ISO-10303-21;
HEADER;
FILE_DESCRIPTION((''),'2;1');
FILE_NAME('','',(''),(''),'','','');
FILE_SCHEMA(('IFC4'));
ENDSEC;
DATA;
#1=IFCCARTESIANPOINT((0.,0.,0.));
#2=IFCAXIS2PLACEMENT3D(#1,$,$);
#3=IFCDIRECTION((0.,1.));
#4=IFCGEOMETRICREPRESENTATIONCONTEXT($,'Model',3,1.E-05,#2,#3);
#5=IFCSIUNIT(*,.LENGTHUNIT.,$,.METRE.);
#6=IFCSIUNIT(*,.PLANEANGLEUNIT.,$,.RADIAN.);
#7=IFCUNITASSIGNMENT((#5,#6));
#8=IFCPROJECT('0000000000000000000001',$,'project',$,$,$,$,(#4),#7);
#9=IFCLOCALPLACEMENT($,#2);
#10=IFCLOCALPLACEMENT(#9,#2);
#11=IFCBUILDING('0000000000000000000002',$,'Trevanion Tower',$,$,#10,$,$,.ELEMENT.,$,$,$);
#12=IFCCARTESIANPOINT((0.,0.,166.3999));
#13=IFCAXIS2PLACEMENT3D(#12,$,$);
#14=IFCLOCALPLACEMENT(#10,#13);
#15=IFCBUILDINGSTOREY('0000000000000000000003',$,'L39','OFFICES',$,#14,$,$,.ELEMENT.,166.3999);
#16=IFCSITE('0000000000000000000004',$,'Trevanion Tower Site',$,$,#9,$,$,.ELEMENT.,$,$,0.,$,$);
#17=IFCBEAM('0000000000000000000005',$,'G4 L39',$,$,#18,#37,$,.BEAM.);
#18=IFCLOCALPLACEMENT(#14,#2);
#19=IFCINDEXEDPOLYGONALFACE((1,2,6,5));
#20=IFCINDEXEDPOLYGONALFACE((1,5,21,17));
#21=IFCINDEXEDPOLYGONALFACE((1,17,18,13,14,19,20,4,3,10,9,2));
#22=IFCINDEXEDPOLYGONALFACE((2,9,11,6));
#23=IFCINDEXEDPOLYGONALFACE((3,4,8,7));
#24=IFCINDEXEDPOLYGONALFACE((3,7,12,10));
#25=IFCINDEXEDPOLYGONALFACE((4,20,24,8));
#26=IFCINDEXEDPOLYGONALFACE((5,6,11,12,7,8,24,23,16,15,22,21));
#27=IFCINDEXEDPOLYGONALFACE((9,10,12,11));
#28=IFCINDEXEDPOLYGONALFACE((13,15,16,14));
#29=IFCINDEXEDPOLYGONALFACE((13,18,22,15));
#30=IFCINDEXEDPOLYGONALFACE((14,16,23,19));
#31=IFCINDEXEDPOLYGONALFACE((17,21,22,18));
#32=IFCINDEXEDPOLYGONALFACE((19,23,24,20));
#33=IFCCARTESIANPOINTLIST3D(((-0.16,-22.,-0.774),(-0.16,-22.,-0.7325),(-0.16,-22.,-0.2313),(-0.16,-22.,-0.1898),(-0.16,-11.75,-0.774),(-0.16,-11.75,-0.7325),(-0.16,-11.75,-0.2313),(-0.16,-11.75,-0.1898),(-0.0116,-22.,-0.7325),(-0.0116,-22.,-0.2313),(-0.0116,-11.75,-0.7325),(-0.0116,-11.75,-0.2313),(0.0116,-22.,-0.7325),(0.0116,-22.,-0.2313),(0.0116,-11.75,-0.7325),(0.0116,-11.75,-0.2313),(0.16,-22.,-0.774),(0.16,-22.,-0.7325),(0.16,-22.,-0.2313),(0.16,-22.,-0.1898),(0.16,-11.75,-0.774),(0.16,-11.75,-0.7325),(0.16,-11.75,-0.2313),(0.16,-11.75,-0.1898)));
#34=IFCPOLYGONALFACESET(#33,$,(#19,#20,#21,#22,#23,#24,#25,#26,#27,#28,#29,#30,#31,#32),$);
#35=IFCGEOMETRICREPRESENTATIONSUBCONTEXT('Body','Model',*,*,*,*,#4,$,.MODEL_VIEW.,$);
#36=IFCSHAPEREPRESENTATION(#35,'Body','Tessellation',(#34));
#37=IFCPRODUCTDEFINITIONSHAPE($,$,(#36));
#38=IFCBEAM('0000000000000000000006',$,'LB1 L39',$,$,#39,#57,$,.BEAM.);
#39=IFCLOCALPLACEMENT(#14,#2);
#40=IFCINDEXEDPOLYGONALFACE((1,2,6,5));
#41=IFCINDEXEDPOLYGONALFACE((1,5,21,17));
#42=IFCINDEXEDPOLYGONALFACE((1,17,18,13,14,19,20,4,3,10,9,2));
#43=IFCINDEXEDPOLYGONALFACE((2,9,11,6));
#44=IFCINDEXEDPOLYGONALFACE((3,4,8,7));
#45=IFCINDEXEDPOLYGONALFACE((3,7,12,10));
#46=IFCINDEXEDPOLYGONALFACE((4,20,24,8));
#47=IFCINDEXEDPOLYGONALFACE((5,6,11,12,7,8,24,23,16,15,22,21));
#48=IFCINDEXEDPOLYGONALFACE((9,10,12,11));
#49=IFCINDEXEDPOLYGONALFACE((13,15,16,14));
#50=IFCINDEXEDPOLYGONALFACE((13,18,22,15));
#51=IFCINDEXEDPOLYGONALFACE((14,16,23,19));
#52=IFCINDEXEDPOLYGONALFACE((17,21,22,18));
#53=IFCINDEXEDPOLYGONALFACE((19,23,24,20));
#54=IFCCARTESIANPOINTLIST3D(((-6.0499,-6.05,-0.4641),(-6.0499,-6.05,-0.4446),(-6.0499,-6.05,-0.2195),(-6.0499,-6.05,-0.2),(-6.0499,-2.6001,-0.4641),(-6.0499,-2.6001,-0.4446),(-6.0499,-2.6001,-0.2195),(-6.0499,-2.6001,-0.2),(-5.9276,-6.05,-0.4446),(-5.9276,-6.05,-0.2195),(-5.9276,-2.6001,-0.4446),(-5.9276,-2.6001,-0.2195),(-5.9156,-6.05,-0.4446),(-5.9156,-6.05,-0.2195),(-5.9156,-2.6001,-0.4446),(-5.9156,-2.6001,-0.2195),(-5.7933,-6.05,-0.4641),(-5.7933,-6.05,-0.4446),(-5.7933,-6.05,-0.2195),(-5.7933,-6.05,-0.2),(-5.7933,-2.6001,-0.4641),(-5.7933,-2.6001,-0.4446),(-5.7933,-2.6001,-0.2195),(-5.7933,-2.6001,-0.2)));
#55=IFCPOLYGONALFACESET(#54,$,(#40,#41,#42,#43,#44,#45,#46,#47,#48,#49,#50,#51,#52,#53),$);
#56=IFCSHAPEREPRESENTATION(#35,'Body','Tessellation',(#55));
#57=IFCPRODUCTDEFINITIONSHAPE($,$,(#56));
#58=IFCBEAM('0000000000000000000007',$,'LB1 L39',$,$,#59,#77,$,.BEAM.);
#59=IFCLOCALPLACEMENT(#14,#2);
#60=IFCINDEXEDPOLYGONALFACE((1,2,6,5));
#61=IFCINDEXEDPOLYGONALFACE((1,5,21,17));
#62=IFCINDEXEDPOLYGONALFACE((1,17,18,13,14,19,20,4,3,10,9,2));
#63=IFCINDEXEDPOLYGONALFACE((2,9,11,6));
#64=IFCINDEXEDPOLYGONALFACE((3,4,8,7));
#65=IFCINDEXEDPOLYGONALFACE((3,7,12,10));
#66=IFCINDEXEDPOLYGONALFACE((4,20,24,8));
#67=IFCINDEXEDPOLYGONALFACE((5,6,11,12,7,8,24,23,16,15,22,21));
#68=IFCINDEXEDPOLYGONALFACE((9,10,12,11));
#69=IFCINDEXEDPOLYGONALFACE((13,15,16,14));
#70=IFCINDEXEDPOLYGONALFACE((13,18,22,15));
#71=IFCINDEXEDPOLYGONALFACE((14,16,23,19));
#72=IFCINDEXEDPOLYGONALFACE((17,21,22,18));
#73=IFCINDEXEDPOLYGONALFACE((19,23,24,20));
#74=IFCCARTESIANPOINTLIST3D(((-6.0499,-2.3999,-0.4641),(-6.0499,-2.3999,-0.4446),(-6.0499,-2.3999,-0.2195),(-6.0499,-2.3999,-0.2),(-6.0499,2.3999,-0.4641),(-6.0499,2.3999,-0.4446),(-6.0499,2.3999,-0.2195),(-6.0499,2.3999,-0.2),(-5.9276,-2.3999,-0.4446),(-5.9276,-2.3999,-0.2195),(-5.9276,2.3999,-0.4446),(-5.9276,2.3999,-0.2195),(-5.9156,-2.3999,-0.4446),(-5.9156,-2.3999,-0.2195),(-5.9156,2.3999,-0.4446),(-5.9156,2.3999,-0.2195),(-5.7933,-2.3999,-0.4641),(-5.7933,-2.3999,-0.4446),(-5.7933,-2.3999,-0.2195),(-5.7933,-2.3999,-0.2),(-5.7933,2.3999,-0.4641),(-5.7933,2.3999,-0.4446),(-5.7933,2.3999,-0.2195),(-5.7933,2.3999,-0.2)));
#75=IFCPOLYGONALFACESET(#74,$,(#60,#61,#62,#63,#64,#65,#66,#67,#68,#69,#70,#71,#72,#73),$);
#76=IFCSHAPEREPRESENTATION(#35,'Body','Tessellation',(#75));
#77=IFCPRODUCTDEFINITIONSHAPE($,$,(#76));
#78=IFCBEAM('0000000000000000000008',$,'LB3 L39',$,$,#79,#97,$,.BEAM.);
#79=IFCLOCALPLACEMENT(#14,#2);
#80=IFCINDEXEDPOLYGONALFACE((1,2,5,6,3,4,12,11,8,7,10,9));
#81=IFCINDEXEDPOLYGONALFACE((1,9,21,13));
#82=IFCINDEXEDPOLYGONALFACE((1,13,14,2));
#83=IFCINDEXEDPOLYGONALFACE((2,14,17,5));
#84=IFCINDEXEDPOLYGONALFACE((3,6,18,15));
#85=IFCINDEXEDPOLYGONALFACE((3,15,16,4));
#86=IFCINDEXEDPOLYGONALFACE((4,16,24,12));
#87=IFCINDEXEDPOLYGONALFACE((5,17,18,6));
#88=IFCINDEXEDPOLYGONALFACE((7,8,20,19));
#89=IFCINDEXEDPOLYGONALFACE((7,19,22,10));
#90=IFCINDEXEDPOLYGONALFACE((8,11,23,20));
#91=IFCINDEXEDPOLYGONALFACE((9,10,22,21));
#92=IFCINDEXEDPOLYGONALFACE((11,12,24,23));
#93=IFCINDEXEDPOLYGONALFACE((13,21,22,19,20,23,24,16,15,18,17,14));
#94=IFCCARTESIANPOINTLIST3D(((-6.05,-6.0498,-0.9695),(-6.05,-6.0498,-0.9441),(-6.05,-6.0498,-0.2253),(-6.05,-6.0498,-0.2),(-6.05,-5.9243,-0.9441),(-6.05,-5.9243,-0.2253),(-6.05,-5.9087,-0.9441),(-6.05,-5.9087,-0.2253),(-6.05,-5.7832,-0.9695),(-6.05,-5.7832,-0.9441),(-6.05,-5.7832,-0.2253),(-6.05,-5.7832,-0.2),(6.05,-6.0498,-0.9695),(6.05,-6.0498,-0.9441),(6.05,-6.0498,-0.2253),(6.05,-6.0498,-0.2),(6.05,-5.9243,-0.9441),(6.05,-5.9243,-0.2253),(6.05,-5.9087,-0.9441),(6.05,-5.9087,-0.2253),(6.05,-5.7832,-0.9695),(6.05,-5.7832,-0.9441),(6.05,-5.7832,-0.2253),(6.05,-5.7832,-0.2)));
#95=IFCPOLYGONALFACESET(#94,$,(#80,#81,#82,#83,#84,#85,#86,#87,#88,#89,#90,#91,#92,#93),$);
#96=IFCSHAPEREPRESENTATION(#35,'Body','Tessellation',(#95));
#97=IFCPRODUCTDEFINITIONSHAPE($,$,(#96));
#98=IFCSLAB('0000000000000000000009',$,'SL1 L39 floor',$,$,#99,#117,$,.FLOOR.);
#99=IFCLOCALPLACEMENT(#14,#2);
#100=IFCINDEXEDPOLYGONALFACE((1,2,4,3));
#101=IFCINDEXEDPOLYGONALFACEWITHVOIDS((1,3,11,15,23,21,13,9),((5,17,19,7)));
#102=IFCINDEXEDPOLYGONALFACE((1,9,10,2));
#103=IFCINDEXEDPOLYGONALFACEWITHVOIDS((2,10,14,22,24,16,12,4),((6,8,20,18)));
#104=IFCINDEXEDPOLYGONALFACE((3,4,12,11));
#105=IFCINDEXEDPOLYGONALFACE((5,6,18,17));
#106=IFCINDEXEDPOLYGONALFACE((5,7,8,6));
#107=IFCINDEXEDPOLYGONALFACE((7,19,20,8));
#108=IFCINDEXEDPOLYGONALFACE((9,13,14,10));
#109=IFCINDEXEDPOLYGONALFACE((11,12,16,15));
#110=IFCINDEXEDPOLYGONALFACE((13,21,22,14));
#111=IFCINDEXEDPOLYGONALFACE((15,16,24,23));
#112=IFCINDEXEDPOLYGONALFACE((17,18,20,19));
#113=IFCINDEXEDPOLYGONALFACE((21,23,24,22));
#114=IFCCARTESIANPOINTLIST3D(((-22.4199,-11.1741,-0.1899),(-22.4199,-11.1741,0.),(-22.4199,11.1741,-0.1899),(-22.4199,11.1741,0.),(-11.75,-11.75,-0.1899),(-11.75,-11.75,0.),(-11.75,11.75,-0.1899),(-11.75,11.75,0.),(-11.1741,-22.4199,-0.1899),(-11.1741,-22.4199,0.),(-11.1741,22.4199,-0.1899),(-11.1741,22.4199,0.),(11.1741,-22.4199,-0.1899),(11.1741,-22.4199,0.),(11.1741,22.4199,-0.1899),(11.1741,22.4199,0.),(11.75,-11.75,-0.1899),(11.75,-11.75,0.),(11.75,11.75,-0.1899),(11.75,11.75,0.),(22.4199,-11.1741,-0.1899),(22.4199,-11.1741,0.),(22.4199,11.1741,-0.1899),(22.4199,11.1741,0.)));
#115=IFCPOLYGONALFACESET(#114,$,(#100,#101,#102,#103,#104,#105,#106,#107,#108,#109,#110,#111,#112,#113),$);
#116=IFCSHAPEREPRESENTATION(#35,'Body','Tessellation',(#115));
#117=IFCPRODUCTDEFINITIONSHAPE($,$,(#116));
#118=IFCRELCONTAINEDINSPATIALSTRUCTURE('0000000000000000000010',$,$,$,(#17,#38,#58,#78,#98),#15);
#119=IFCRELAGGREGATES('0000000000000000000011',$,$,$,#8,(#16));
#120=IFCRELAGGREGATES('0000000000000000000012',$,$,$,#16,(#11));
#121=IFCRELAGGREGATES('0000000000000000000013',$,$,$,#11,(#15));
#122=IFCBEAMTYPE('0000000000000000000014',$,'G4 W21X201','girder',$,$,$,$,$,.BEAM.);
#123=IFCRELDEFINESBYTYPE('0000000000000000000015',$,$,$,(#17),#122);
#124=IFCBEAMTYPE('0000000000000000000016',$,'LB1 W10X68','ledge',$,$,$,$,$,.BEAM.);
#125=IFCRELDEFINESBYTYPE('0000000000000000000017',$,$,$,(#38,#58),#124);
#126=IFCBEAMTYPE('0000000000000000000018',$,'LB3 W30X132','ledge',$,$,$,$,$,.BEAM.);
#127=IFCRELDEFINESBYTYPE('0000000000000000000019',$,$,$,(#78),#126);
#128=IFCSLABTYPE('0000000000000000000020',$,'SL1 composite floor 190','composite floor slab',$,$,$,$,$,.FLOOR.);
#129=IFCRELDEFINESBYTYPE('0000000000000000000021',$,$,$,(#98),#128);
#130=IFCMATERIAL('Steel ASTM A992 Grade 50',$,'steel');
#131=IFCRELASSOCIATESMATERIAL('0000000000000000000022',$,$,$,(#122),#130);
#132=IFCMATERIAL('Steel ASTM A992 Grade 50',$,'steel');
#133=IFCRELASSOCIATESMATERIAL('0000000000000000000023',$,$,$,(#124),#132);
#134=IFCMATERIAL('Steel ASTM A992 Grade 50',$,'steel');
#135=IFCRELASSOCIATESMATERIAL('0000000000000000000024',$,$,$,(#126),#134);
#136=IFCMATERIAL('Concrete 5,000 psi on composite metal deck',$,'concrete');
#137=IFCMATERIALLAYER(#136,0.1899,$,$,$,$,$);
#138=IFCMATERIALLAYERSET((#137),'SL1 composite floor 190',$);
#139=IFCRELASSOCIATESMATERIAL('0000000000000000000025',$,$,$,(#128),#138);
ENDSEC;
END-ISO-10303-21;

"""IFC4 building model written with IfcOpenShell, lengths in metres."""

from ifc_helpers import new_model, si_unit, direction, frame, origin, origin_2d, place, context, subcontext, project, spatial, polyline, i_section, outline, extrude, material, layer, layer_set, material_profile, profile_set, type_object, element, save


model = new_model("IFC4")

# Units and contexts
model_context = context("Model", 3, precision=1e-05, world=origin(), true_north=direction((0.0, 1.0)))
body_context = subcontext(model_context, "Body", "Model", "MODEL_VIEW")
ifc_project = project(units=[si_unit("LENGTHUNIT", "METRE"), si_unit("PLANEANGLEUNIT", "RADIAN")], contexts=[model_context])

# Site, building, storey
site_placement = place(None, origin())
site = spatial("IfcSite", under=ifc_project, at=site_placement, Name="Trevanion Tower Site", CompositionType="ELEMENT", RefElevation=0.0)
building_placement = place(site_placement, origin())
building = spatial("IfcBuilding", under=site, at=building_placement, Name="Trevanion Tower", CompositionType="ELEMENT")
storey_placement = place(building_placement, frame((0.0, 0.0, 166.3999)))
storey = spatial("IfcBuildingStorey", under=building, at=storey_placement, Name="L39", Description="OFFICES", CompositionType="ELEMENT", Elevation=166.3999)

# Beams
ifc_material_1 = material(Name="Steel ASTM A992 Grade 50", Category="steel")
ifc_material_profile_1 = material_profile(ifc_material_1, i_section(OverallWidth=0.3201, OverallDepth=0.5842, WebThickness=0.0232, FlangeThickness=0.0415, at=origin_2d()), Name="W21X201")
ifc_profile_set_1 = profile_set([ifc_material_profile_1], Name="Steel ASTM A992 Grade 50")
beam_type_1 = type_object("IfcBeamType", Name="G4 W21X201", Description="girder", PredefinedType="BEAM", material=ifc_profile_set_1)
beam_1_placement = place(storey_placement, frame((0.0, -11.75, -0.4819), z_axis=(0.0, -1.0, 0.0), x_axis=(1.0, 0.0, 0.0)))
element("IfcBeam", 1, at=beam_1_placement, inside=storey, type_object=beam_type_1, Name="G4 L39", PredefinedType="BEAM", context=body_context, shape_type="SweptSolid", body=[
    extrude(i_section(OverallWidth=0.3201, OverallDepth=0.5842, WebThickness=0.0232, FlangeThickness=0.0415, at=origin_2d()), origin(), (0.0, 0.0, 1.0), 10.25),
])
ifc_material_2 = material(Name="Steel ASTM A992 Grade 50", Category="steel")
ifc_material_profile_2 = material_profile(ifc_material_2, i_section(OverallWidth=0.2566, OverallDepth=0.2642, WebThickness=0.012, FlangeThickness=0.0195, at=origin_2d()), Name="W10X68")
ifc_profile_set_2 = profile_set([ifc_material_profile_2], Name="Steel ASTM A992 Grade 50")
beam_type_2 = type_object("IfcBeamType", Name="LB1 W10X68", Description="ledge", PredefinedType="BEAM", material=ifc_profile_set_2)
beam_2_placement = place(storey_placement, frame((-5.9216, -6.05, -0.332), z_axis=(0.0, 1.0, 0.0), x_axis=(-1.0, 0.0, 0.0)))
element("IfcBeam", 2, at=beam_2_placement, inside=storey, type_object=beam_type_2, Name="LB1 L39", PredefinedType="BEAM", context=body_context, shape_type="SweptSolid", body=[
    extrude(i_section(OverallWidth=0.2566, OverallDepth=0.2642, WebThickness=0.012, FlangeThickness=0.0195, at=origin_2d()), origin(), (0.0, 0.0, 1.0), 3.45),
])
beam_3_placement = place(storey_placement, frame((-5.9216, -2.3999, -0.332), z_axis=(0.0, 1.0, 0.0), x_axis=(-1.0, 0.0, 0.0)))
element("IfcBeam", 3, at=beam_3_placement, inside=storey, type_object=beam_type_2, Name="LB1 L39", PredefinedType="BEAM", context=body_context, shape_type="SweptSolid", body=[
    extrude(i_section(OverallWidth=0.2566, OverallDepth=0.2642, WebThickness=0.012, FlangeThickness=0.0195, at=origin_2d()), origin(), (0.0, 0.0, 1.0), 4.7998),
])
ifc_material_3 = material(Name="Steel ASTM A992 Grade 50", Category="steel")
ifc_material_profile_3 = material_profile(ifc_material_3, i_section(OverallWidth=0.2666, OverallDepth=0.7695, WebThickness=0.0156, FlangeThickness=0.0254, at=origin_2d()), Name="W30X132")
ifc_profile_set_3 = profile_set([ifc_material_profile_3], Name="Steel ASTM A992 Grade 50")
beam_type_3 = type_object("IfcBeamType", Name="LB3 W30X132", Description="ledge", PredefinedType="BEAM", material=ifc_profile_set_3)
beam_4_placement = place(storey_placement, frame((-6.05, -5.9165, -0.5847), z_axis=(1.0, 0.0, 0.0), x_axis=(0.0, 1.0, 0.0)))
element("IfcBeam", 4, at=beam_4_placement, inside=storey, type_object=beam_type_3, Name="LB3 L39", PredefinedType="BEAM", context=body_context, shape_type="SweptSolid", body=[
    extrude(i_section(OverallWidth=0.2666, OverallDepth=0.7695, WebThickness=0.0156, FlangeThickness=0.0254, at=origin_2d()), origin(), (0.0, 0.0, 1.0), 12.1001),
])

# Slab
ifc_material_4 = material(Name="Concrete 5,000 psi on composite metal deck", Category="concrete")
ifc_layer_1 = layer(ifc_material_4, 0.1899)
ifc_layer_set_1 = layer_set([ifc_layer_1], Name="SL1 composite floor 190")
slab_type = type_object("IfcSlabType", Name="SL1 composite floor 190", Description="composite floor slab", PredefinedType="FLOOR", material=ifc_layer_set_1)
slab_placement = place(storey_placement, frame((0.0, 0.0, -0.1899)))
element("IfcSlab", 5, at=slab_placement, inside=storey, type_object=slab_type, Name="SL1 L39 floor", PredefinedType="FLOOR", context=body_context, shape_type="SweptSolid", body=[
    extrude(outline(polyline([(22.4199, -11.1741), (22.4199, 11.1741), (11.1741, 22.4199), (-11.1741, 22.4199), (-22.4199, 11.1741), (-22.4199, -11.1741), (-11.1741, -22.4199), (11.1741, -22.4199), (22.4199, -11.1741)]), holes=[polyline([(11.75, -11.75), (11.75, 11.75), (-11.75, 11.75), (-11.75, -11.75), (11.75, -11.75)])]), origin(), (0.0, 0.0, 1.0), 0.1899),
])

save(model, "model.ifc")
